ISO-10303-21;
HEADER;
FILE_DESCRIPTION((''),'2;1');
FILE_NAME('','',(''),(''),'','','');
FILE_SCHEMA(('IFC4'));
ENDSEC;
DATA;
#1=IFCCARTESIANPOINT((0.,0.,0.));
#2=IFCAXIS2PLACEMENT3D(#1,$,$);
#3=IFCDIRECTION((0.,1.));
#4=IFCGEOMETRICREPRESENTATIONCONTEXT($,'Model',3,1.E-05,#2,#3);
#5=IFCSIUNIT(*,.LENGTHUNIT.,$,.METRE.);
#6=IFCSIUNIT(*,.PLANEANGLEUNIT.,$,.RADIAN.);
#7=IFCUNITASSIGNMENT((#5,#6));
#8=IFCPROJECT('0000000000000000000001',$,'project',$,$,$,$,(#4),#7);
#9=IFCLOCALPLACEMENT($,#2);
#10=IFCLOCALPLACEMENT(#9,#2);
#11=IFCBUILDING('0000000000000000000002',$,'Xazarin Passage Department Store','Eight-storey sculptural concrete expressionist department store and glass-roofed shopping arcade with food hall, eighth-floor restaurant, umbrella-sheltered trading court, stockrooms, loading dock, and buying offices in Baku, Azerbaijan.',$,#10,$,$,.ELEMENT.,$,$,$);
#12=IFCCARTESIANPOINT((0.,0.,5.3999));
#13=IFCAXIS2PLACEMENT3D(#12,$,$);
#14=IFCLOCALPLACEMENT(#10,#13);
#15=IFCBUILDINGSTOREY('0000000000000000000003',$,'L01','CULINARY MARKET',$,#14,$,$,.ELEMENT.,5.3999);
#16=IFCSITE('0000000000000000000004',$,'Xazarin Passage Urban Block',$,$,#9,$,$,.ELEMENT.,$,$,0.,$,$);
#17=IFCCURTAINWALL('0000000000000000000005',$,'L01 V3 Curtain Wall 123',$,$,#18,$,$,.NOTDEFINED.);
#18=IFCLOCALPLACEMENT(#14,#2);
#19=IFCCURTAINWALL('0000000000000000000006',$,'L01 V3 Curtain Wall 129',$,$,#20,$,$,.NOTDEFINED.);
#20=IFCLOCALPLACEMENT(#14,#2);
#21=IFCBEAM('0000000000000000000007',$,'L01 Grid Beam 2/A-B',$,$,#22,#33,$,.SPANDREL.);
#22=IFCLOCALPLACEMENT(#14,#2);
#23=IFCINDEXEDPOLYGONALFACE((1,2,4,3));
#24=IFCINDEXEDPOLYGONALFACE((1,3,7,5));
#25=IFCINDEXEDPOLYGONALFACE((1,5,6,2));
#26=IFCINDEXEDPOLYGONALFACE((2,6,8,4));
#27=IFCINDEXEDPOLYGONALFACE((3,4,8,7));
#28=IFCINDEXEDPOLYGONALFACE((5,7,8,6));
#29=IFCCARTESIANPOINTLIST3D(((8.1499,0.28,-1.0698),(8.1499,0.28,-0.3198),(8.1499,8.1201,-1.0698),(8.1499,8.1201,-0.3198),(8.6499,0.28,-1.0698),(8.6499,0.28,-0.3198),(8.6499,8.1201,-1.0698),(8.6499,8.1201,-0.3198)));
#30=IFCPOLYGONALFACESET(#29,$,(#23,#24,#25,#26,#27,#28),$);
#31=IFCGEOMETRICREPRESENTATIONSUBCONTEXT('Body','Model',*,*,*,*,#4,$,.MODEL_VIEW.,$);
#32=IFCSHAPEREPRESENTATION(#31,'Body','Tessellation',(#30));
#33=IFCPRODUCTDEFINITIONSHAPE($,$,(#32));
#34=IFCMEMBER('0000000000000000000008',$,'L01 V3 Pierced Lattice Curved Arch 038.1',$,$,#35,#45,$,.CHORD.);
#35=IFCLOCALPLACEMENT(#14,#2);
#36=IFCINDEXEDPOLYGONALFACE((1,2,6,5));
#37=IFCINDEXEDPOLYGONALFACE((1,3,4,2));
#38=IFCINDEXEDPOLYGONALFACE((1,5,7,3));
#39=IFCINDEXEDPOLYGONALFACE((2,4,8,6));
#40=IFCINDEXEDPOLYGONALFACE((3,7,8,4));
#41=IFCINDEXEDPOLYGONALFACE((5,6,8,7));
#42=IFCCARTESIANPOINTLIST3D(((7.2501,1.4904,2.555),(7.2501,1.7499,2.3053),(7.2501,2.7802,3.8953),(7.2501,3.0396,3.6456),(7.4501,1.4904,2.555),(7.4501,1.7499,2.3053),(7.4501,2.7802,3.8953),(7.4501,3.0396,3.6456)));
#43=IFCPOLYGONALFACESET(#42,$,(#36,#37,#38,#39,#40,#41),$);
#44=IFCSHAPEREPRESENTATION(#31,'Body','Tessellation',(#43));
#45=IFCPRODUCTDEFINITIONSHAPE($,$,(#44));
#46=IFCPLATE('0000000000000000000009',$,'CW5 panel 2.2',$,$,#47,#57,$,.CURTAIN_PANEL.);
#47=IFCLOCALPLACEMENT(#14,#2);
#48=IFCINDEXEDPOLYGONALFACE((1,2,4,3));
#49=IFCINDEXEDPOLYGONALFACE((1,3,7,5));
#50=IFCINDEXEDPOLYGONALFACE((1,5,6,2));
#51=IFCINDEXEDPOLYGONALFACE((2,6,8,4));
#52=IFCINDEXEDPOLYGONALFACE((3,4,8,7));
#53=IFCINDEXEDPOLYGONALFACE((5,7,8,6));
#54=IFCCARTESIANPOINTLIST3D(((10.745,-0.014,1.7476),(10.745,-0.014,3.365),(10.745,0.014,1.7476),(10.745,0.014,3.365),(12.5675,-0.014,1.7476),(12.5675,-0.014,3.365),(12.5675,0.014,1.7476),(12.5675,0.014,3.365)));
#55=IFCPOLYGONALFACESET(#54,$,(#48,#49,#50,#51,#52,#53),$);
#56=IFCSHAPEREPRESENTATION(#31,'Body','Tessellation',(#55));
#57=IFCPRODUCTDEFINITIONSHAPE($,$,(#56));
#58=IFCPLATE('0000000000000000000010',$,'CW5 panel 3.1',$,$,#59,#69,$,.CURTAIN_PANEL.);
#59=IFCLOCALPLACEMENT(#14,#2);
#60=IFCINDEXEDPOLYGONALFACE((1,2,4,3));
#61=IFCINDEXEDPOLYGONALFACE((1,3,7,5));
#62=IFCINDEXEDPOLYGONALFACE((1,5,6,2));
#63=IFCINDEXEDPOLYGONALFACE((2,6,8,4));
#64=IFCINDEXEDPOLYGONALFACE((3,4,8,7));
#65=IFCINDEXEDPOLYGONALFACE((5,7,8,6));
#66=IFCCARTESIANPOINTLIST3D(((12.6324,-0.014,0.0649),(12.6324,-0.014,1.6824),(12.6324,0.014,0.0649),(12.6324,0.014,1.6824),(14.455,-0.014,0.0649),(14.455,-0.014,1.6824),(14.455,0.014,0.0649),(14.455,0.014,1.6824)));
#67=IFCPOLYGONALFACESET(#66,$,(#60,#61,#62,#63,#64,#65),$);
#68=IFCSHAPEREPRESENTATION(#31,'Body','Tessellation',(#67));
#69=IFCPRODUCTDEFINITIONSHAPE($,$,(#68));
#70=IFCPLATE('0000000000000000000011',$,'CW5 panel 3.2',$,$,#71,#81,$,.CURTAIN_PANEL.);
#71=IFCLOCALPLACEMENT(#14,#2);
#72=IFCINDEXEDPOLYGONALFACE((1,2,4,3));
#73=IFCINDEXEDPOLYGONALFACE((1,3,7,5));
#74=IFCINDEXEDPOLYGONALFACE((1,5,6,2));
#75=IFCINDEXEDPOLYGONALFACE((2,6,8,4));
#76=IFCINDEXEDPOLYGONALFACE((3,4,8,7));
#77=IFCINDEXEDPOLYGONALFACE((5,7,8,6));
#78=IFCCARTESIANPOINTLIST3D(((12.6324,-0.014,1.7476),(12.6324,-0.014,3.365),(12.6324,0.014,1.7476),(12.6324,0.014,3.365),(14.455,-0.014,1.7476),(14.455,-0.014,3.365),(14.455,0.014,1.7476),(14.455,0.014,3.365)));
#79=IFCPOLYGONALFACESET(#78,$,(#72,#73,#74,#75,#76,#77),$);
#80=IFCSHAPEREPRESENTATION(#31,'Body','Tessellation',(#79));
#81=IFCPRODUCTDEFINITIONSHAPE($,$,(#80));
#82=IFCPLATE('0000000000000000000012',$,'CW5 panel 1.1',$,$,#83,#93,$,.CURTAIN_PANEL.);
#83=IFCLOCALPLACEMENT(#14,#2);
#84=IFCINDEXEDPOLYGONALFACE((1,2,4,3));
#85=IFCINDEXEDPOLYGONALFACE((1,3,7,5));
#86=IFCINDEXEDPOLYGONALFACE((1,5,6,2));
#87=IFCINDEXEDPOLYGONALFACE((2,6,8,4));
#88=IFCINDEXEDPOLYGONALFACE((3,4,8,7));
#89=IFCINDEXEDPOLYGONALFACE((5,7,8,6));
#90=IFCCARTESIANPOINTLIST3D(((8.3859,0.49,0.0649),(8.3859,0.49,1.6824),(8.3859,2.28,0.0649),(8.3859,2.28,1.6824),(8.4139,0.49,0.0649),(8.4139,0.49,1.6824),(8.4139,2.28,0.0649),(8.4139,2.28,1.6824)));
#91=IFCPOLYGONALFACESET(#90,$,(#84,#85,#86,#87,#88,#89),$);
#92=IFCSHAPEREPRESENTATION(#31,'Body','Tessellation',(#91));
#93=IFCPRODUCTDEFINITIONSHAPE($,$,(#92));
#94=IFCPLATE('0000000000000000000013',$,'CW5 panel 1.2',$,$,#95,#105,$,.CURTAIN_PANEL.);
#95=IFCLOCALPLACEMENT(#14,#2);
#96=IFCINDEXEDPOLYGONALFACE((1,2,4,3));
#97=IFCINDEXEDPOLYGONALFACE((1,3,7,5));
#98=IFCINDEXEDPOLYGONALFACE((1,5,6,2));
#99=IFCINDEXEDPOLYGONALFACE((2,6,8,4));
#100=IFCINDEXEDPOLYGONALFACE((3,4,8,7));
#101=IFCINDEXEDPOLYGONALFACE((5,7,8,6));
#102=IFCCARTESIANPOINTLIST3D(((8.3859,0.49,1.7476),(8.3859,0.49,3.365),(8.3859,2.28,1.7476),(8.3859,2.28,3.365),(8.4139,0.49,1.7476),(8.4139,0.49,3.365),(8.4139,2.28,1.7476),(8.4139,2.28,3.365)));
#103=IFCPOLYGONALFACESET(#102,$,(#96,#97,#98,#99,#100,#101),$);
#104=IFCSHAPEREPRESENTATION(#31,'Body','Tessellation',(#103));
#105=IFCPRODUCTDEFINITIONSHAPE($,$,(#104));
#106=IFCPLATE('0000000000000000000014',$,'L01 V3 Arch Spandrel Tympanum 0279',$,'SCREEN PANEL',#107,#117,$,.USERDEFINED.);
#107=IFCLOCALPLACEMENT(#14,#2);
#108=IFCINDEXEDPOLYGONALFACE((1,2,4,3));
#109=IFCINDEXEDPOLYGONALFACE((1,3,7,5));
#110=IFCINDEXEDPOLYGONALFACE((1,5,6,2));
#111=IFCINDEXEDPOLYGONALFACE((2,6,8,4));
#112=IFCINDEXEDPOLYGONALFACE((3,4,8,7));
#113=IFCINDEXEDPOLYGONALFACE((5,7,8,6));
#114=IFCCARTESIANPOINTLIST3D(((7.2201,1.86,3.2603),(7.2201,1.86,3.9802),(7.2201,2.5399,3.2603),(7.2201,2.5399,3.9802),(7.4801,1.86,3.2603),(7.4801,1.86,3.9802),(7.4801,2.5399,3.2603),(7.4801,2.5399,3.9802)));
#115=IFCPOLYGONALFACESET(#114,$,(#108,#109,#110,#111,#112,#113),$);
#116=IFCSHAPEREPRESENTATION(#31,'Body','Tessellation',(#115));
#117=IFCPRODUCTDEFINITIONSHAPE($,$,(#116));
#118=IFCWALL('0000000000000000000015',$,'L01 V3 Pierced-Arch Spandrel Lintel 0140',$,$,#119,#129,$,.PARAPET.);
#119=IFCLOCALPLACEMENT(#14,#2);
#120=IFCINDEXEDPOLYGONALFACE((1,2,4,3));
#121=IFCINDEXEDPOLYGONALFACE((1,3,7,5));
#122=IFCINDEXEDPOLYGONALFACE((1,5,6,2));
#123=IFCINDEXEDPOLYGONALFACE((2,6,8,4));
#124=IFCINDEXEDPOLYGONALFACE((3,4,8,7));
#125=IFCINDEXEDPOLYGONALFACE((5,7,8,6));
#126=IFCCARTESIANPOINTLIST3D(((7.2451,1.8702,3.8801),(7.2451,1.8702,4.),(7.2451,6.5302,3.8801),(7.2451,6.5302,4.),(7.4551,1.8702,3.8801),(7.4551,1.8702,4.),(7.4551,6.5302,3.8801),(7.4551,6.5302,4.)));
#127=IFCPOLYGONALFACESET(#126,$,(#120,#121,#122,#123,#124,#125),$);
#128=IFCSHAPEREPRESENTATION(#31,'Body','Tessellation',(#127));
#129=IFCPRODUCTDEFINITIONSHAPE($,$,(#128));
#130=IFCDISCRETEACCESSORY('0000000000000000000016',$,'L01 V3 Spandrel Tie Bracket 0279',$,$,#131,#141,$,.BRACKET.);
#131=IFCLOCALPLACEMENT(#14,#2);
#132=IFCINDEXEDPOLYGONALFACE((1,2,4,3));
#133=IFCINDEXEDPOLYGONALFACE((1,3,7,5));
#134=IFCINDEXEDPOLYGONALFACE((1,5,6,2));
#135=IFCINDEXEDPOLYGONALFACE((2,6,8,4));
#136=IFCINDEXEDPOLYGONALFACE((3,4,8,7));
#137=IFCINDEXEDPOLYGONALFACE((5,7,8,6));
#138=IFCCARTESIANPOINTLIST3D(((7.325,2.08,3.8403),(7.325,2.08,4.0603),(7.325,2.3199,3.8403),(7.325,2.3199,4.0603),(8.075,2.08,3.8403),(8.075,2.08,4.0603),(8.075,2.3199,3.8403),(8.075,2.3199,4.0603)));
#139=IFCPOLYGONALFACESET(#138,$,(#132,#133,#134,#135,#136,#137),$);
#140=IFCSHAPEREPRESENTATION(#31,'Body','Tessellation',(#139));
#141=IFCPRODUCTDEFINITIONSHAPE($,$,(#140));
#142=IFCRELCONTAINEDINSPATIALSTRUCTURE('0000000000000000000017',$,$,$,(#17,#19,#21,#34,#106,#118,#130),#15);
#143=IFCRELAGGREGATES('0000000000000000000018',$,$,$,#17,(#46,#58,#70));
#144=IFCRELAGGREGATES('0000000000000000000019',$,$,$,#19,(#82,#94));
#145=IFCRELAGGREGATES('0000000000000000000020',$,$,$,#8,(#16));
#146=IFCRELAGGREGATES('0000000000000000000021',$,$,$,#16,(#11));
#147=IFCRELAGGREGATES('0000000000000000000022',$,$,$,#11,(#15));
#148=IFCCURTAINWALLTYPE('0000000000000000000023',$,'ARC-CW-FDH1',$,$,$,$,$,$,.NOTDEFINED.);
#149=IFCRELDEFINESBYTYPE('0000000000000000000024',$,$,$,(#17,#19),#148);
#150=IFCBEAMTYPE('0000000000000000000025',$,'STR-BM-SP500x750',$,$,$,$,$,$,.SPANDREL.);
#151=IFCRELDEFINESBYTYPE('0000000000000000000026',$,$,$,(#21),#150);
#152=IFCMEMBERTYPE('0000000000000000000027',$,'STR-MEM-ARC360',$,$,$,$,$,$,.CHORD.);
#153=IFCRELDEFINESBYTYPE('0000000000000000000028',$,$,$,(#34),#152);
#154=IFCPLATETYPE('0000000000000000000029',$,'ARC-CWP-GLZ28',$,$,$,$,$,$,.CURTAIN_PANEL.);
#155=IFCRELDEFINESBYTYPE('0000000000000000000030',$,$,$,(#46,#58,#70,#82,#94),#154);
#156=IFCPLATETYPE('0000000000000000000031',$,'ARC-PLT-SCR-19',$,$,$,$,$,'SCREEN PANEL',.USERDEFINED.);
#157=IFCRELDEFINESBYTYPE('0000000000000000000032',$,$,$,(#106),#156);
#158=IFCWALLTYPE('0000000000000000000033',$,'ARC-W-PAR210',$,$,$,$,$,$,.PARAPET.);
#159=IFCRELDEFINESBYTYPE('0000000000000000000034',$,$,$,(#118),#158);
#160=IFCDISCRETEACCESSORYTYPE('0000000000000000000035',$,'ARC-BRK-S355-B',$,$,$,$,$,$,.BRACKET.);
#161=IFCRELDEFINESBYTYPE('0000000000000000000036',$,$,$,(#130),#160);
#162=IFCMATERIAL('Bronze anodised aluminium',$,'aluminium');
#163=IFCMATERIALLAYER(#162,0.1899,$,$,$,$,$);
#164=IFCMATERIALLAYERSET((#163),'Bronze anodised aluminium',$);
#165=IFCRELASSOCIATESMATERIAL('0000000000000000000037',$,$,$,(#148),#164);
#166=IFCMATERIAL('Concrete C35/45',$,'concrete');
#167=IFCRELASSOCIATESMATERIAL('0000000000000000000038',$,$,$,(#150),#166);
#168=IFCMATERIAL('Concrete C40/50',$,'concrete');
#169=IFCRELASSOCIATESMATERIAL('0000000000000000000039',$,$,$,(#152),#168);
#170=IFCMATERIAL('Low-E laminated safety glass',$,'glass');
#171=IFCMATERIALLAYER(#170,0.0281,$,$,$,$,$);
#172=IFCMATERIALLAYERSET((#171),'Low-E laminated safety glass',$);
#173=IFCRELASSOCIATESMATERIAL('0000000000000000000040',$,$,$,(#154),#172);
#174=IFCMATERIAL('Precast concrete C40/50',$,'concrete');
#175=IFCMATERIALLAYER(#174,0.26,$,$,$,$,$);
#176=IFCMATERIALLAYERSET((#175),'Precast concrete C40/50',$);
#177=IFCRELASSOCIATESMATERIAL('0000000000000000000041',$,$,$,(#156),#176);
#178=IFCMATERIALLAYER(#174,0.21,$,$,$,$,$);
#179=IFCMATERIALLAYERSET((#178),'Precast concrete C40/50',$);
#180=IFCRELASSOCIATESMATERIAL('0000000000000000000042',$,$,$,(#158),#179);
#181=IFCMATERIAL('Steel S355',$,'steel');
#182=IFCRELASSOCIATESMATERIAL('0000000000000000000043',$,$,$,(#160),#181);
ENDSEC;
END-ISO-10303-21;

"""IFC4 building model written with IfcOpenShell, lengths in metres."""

from ifc_helpers import new_model, si_unit, direction, frame, frame_2d, origin, origin_2d, place, context, subcontext, project, spatial, rectangle, extrude, material, layer, layer_set, material_profile, profile_set, type_object, element, aggregate, save


model = new_model("IFC4")

# Units and contexts
model_context = context("Model", 3, precision=1e-05, world=origin(), true_north=direction((0.0, 1.0)))
body_context = subcontext(model_context, "Body", "Model", "MODEL_VIEW")
ifc_project = project(units=[si_unit("LENGTHUNIT", "METRE"), si_unit("PLANEANGLEUNIT", "RADIAN")], contexts=[model_context])

# Site, building, storey
site_placement = place(None, origin())
site = spatial("IfcSite", under=ifc_project, at=site_placement, Name="Xazarin Passage Urban Block", CompositionType="ELEMENT", RefElevation=0.0)
building_placement = place(site_placement, origin())
building = spatial("IfcBuilding", under=site, at=building_placement, Name="Xazarin Passage Department Store", Description="Eight-storey sculptural concrete expressionist department store and glass-roofed shopping arcade with food hall, eighth-floor restaurant, umbrella-sheltered trading court, stockrooms, loading dock, and buying offices in Baku, Azerbaijan.", CompositionType="ELEMENT")
storey_placement = place(building_placement, frame((0.0, 0.0, 5.3999)))
storey = spatial("IfcBuildingStorey", under=building, at=storey_placement, Name="L01", Description="CULINARY MARKET", CompositionType="ELEMENT", Elevation=5.3999)

# Shared definitions
ifc_material_1 = material(Name="Concrete C40/50", Category="concrete")

# Curtain walls
ifc_material_2 = material(Name="Bronze anodised aluminium", Category="aluminium")
ifc_layer_1 = layer(ifc_material_2, 0.1899)
ifc_layer_set_1 = layer_set([ifc_layer_1], Name="Bronze anodised aluminium")
curtain_wall_type = type_object("IfcCurtainWallType", Name="ARC-CW-FDH1", PredefinedType="NOTDEFINED", material=ifc_layer_set_1)
curtain_wall_1_placement = place(storey_placement, origin())
curtain_wall_1 = element("IfcCurtainWall", 1, at=curtain_wall_1_placement, inside=storey, type_object=curtain_wall_type, Name="L01 V3 Curtain Wall 123", PredefinedType="NOTDEFINED")
curtain_wall_2_placement = place(storey_placement, origin())
curtain_wall_2 = element("IfcCurtainWall", 2, at=curtain_wall_2_placement, inside=storey, type_object=curtain_wall_type, Name="L01 V3 Curtain Wall 129", PredefinedType="NOTDEFINED")

# Beam
ifc_material_3 = material(Name="Concrete C35/45", Category="concrete")
ifc_material_profile_1 = material_profile(ifc_material_3, rectangle(XDim=0.5, YDim=0.75, at=origin_2d()), Name="RC 500x750")
ifc_profile_set_1 = profile_set([ifc_material_profile_1], Name="Concrete C35/45")
beam_type_1 = type_object("IfcBeamType", Name="STR-BM-SP500x750", PredefinedType="SPANDREL", material=ifc_profile_set_1)
beam_1_placement = place(storey_placement, frame((8.3999, 0.28, -0.6948), z_axis=(0.0, 1.0, 0.0), x_axis=(-1.0, 0.0, 0.0)))
element("IfcBeam", 3, at=beam_1_placement, inside=storey, type_object=beam_type_1, Name="L01 Grid Beam 2/A-B", PredefinedType="SPANDREL", context=body_context, shape_type="SweptSolid", body=[
    extrude(rectangle(XDim=0.5, YDim=0.75, at=origin_2d()), origin(), (0.0, 0.0, 1.0), 7.8401),
])

# Member
ifc_material_profile_2 = material_profile(ifc_material_1, rectangle(XDim=0.2, YDim=0.3601, at=origin_2d()), Name="RC 200x360")
ifc_profile_set_2 = profile_set([ifc_material_profile_2], Name="Concrete C40/50")
member_type_1 = type_object("IfcMemberType", Name="STR-MEM-ARC360", PredefinedType="CHORD", material=ifc_profile_set_2)
member_1_placement = place(storey_placement, frame((7.3501, 1.6201, 2.4302), z_axis=(0.0, 0.693392, 0.720561), x_axis=(-1.0, 0.0, 0.0)))
element("IfcMember", 4, at=member_1_placement, inside=storey, type_object=member_type_1, Name="L01 V3 Pierced Lattice Curved Arch 038.1", PredefinedType="CHORD", context=body_context, shape_type="SweptSolid", body=[
    extrude(rectangle(XDim=0.2, YDim=0.3601, at=origin_2d()), origin(), (0.0, 0.0, 1.0), 1.8601),
])

# Plates
ifc_material_4 = material(Name="Low-E laminated safety glass", Category="glass")
ifc_layer_2 = layer(ifc_material_4, 0.0281)
ifc_layer_set_2 = layer_set([ifc_layer_2], Name="Low-E laminated safety glass")
plate_type_1 = type_object("IfcPlateType", Name="ARC-CWP-GLZ28", PredefinedType="CURTAIN_PANEL", material=ifc_layer_set_2)
plate_1_placement = place(storey_placement, frame((11.6562, 0.0, 1.7476), z_axis=(0.0, 0.0, 1.0), x_axis=(1.0, 0.0, 0.0)))
plate_1 = element("IfcPlate", 5, at=plate_1_placement, type_object=plate_type_1, Name="CW5 panel 2.2", PredefinedType="CURTAIN_PANEL", context=body_context, shape_type="SweptSolid", body=[
    extrude(rectangle(XDim=1.8225, YDim=0.0281, at=origin_2d()), origin(), (0.0, 0.0, 1.0), 1.6174),
])
plate_2_placement = place(storey_placement, frame((13.5437, 0.0, 0.0649), z_axis=(0.0, 0.0, 1.0), x_axis=(1.0, 0.0, 0.0)))
plate_2 = element("IfcPlate", 6, at=plate_2_placement, type_object=plate_type_1, Name="CW5 panel 3.1", PredefinedType="CURTAIN_PANEL", context=body_context, shape_type="SweptSolid", body=[
    extrude(rectangle(XDim=1.8225, YDim=0.0281, at=origin_2d()), origin(), (0.0, 0.0, 1.0), 1.6174),
])
plate_3_placement = place(storey_placement, frame((13.5437, 0.0, 1.7476), z_axis=(0.0, 0.0, 1.0), x_axis=(1.0, 0.0, 0.0)))
plate_3 = element("IfcPlate", 7, at=plate_3_placement, type_object=plate_type_1, Name="CW5 panel 3.2", PredefinedType="CURTAIN_PANEL", context=body_context, shape_type="SweptSolid", body=[
    extrude(rectangle(XDim=1.8225, YDim=0.0281, at=origin_2d()), origin(), (0.0, 0.0, 1.0), 1.6174),
])
aggregate(curtain_wall_1, [plate_1, plate_2, plate_3])
plate_4_placement = place(storey_placement, frame((8.3999, 1.385, 0.0649), z_axis=(0.0, 0.0, 1.0), x_axis=(0.0, 1.0, 0.0)))
plate_4 = element("IfcPlate", 8, at=plate_4_placement, type_object=plate_type_1, Name="CW5 panel 1.1", PredefinedType="CURTAIN_PANEL", context=body_context, shape_type="SweptSolid", body=[
    extrude(rectangle(XDim=1.79, YDim=0.0281, at=origin_2d()), origin(), (0.0, 0.0, 1.0), 1.6174),
])
plate_5_placement = place(storey_placement, frame((8.3999, 1.385, 1.7476), z_axis=(0.0, 0.0, 1.0), x_axis=(0.0, 1.0, 0.0)))
plate_5 = element("IfcPlate", 9, at=plate_5_placement, type_object=plate_type_1, Name="CW5 panel 1.2", PredefinedType="CURTAIN_PANEL", context=body_context, shape_type="SweptSolid", body=[
    extrude(rectangle(XDim=1.79, YDim=0.0281, at=origin_2d()), origin(), (0.0, 0.0, 1.0), 1.6174),
])
aggregate(curtain_wall_2, [plate_4, plate_5])
ifc_material_5 = material(Name="Precast concrete C40/50", Category="concrete")
ifc_layer_3 = layer(ifc_material_5, 0.26)
ifc_layer_set_3 = layer_set([ifc_layer_3], Name="Precast concrete C40/50")
plate_type_2 = type_object("IfcPlateType", Name="ARC-PLT-SCR-19", ElementType="SCREEN PANEL", PredefinedType="USERDEFINED", material=ifc_layer_set_3)
plate_6_placement = place(storey_placement, frame((7.3501, 2.2, 3.2603), z_axis=(0.0, 0.0, 1.0), x_axis=(0.0, 1.0, 0.0)))
element("IfcPlate", 10, at=plate_6_placement, inside=storey, type_object=plate_type_2, Name="L01 V3 Arch Spandrel Tympanum 0279", ObjectType="SCREEN PANEL", PredefinedType="USERDEFINED", context=body_context, shape_type="SweptSolid", body=[
    extrude(rectangle(XDim=0.6799, YDim=0.26, at=origin_2d()), origin(), (0.0, 0.0, 1.0), 0.72),
])

# Wall
ifc_layer_4 = layer(ifc_material_5, 0.21)
ifc_layer_set_4 = layer_set([ifc_layer_4], Name="Precast concrete C40/50")
wall_type = type_object("IfcWallType", Name="ARC-W-PAR210", PredefinedType="PARAPET", material=ifc_layer_set_4)
wall_placement = place(storey_placement, frame((7.3501, 1.8701, 3.8801), z_axis=(0.0, 0.0, 1.0), x_axis=(0.0, 1.0, 0.0)))
element("IfcWall", 11, at=wall_placement, inside=storey, type_object=wall_type, Name="L01 V3 Pierced-Arch Spandrel Lintel 0140", PredefinedType="PARAPET", context=body_context, shape_type="SweptSolid", body=[
    extrude(rectangle(XDim=4.6599, YDim=0.21, at=frame_2d((2.3301, 0.0))), origin(), (0.0, 0.0, 1.0), 0.1199),
])

# Discrete accessory
ifc_material_6 = material(Name="Steel S355", Category="steel")
discrete_accessory_type = type_object("IfcDiscreteAccessoryType", Name="ARC-BRK-S355-B", PredefinedType="BRACKET", material=ifc_material_6)
discrete_accessory_placement = place(storey_placement, frame((7.7, 2.2, 3.8403), z_axis=(0.0, 0.0, 1.0), x_axis=(0.0, 1.0, 0.0)))
element("IfcDiscreteAccessory", 12, at=discrete_accessory_placement, inside=storey, type_object=discrete_accessory_type, Name="L01 V3 Spandrel Tie Bracket 0279", PredefinedType="BRACKET", context=body_context, shape_type="SweptSolid", body=[
    extrude(rectangle(XDim=0.24, YDim=0.75, at=origin_2d()), origin(), (0.0, 0.0, 1.0), 0.22),
])

save(model, "model.ifc")
